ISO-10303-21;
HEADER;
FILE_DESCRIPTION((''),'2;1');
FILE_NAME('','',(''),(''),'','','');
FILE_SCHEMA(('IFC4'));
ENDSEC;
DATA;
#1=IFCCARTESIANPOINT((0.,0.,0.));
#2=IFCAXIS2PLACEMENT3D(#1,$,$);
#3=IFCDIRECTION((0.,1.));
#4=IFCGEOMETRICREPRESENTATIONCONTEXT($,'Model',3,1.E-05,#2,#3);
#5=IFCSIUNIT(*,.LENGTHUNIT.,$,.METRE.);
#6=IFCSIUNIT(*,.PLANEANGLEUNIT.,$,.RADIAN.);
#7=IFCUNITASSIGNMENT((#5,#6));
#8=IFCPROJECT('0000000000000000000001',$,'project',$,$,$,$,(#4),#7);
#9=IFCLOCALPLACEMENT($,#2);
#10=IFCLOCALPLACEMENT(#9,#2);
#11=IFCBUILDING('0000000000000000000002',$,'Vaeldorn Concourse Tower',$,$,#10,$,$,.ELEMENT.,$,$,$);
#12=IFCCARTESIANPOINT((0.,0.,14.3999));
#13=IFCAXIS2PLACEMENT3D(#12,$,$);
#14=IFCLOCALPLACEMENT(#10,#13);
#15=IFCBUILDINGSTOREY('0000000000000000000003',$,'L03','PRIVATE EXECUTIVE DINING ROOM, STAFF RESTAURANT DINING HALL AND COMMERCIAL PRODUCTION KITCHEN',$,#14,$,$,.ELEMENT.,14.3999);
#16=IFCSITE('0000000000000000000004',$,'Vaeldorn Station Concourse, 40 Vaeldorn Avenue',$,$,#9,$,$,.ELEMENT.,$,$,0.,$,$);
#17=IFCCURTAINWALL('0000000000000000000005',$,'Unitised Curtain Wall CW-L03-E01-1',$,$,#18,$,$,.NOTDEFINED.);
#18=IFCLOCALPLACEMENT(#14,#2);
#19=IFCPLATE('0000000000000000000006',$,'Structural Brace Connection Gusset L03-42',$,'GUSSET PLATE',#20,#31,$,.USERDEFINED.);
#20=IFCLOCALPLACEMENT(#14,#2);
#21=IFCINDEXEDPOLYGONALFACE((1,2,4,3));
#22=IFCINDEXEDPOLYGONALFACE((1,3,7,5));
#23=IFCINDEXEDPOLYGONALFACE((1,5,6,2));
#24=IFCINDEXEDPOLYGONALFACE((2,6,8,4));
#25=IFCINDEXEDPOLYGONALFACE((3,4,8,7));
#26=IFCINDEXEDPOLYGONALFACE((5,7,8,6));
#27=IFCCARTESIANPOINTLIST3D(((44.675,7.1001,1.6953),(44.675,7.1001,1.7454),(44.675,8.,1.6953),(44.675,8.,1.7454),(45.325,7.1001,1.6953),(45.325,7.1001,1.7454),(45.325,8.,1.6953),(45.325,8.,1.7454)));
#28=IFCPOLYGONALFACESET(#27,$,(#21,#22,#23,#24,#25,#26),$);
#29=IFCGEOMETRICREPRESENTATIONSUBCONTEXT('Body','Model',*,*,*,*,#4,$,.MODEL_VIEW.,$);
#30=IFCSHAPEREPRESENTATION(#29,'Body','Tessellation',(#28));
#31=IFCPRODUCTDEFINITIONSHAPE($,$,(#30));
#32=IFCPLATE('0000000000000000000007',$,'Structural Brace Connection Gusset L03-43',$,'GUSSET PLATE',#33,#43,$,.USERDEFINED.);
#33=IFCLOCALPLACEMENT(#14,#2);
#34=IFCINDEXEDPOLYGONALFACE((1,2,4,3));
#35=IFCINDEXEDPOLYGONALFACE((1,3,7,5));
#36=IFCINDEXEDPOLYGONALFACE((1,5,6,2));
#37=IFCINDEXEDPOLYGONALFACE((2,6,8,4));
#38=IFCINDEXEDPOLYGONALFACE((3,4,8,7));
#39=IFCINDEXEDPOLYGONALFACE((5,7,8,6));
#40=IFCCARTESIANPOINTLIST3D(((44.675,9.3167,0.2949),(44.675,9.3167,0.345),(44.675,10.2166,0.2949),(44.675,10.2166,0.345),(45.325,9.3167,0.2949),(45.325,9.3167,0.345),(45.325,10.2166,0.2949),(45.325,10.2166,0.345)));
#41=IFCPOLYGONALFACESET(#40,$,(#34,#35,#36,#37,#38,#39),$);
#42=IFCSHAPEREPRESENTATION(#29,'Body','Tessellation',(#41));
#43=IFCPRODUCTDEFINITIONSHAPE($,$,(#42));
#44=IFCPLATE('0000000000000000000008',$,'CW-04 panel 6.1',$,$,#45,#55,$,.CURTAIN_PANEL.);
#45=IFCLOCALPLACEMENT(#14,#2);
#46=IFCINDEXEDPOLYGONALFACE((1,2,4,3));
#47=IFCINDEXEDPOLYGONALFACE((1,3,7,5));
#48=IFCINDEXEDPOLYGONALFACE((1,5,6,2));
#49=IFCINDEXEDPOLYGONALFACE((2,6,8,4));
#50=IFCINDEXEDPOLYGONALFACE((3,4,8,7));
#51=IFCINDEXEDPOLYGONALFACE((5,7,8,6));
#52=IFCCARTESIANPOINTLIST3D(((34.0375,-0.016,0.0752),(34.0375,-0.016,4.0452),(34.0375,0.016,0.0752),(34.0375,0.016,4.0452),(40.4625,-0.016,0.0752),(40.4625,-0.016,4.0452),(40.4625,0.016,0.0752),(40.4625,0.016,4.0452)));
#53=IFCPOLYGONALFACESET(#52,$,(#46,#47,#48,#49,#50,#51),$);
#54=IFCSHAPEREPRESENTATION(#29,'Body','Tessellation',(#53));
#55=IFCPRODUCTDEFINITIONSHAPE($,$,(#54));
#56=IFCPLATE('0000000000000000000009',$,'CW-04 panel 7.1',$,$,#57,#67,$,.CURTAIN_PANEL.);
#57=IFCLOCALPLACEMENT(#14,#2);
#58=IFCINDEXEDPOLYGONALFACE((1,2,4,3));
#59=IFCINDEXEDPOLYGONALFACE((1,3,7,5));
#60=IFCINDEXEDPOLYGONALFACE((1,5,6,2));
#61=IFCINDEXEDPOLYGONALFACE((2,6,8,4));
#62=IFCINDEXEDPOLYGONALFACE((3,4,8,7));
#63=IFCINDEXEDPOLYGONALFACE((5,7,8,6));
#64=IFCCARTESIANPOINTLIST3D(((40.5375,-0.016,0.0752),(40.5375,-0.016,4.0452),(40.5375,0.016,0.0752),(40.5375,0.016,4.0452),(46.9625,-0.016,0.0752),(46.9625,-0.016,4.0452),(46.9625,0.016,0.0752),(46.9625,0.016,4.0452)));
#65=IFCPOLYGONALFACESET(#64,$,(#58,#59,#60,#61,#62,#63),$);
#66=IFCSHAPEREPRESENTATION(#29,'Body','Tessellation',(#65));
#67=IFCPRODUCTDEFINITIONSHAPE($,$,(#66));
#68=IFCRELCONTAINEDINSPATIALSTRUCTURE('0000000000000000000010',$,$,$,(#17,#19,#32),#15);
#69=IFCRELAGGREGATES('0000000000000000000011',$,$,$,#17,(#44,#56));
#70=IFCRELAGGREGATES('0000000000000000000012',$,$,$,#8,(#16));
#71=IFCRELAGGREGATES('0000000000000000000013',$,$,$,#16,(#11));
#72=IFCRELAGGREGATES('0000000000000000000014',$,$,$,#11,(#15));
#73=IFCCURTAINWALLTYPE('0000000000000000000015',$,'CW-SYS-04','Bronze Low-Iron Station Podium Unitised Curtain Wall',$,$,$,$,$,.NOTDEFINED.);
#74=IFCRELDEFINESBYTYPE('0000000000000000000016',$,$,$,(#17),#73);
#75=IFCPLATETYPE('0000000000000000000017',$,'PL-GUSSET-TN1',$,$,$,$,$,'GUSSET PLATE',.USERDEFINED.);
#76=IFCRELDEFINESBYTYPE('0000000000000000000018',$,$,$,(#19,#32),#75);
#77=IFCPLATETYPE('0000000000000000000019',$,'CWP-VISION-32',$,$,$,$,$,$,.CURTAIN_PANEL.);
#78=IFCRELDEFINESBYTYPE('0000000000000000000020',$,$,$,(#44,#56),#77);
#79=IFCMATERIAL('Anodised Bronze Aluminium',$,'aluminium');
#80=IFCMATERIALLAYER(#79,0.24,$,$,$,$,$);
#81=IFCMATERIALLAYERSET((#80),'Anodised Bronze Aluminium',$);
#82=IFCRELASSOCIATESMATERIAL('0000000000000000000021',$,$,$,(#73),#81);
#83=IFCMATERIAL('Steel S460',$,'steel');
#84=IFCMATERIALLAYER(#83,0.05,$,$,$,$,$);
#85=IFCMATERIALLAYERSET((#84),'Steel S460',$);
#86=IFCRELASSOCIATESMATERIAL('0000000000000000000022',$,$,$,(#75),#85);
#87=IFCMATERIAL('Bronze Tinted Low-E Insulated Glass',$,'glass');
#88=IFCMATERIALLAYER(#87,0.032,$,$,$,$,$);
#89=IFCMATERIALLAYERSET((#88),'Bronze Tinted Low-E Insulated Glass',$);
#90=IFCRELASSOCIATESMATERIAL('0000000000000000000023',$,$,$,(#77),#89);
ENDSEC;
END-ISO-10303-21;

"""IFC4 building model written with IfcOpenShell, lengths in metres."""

from ifc_helpers import new_model, si_unit, direction, frame, origin, origin_2d, place, context, subcontext, project, spatial, rectangle, extrude, source, transform, mapped, material, layer, layer_set, type_object, element, aggregate, save


model = new_model("IFC4")

# Units and contexts
model_context = context("Model", 3, precision=1e-05, world=origin(), true_north=direction((0.0, 1.0)))
body_context = subcontext(model_context, "Body", "Model", "MODEL_VIEW")
ifc_project = project(units=[si_unit("LENGTHUNIT", "METRE"), si_unit("PLANEANGLEUNIT", "RADIAN")], contexts=[model_context])

# Site, building, storey
site_placement = place(None, origin())
site = spatial("IfcSite", under=ifc_project, at=site_placement, Name="Vaeldorn Station Concourse, 40 Vaeldorn Avenue", CompositionType="ELEMENT", RefElevation=0.0)
building_placement = place(site_placement, origin())
building = spatial("IfcBuilding", under=site, at=building_placement, Name="Vaeldorn Concourse Tower", CompositionType="ELEMENT")
storey_placement = place(building_placement, frame((0.0, 0.0, 14.3999)))
storey = spatial("IfcBuildingStorey", under=building, at=storey_placement, Name="L03", Description="PRIVATE EXECUTIVE DINING ROOM, STAFF RESTAURANT DINING HALL AND COMMERCIAL PRODUCTION KITCHEN", CompositionType="ELEMENT", Elevation=14.3999)

# Shared definitions
ifc_material_1 = material(Name="Steel S460", Category="steel")

# Curtain wall
ifc_material_2 = material(Name="Anodised Bronze Aluminium", Category="aluminium")
ifc_layer_1 = layer(ifc_material_2, 0.24)
ifc_layer_set_1 = layer_set([ifc_layer_1], Name="Anodised Bronze Aluminium")
curtain_wall_type = type_object("IfcCurtainWallType", Name="CW-SYS-04", Description="Bronze Low-Iron Station Podium Unitised Curtain Wall", PredefinedType="NOTDEFINED", material=ifc_layer_set_1)
curtain_wall_placement = place(storey_placement, origin())
curtain_wall = element("IfcCurtainWall", 1, at=curtain_wall_placement, inside=storey, type_object=curtain_wall_type, Name="Unitised Curtain Wall CW-L03-E01-1", PredefinedType="NOTDEFINED")

# Plates
ifc_layer_2 = layer(ifc_material_1, 0.05)
ifc_layer_set_2 = layer_set([ifc_layer_2], Name="Steel S460")
plate_type_1 = type_object("IfcPlateType", Name="PL-GUSSET-TN1", ElementType="GUSSET PLATE", PredefinedType="USERDEFINED", material=ifc_layer_set_2)
shared_shape_1 = source(origin(), body_context, "Body", "SweptSolid", [
    extrude(rectangle(XDim=0.8999, YDim=0.6499, at=origin_2d()), origin(), (0.0, 0.0, 1.0), 0.05),
])
for number, where, z_axis, x_axis, name in (
    (2, (45.0, 7.55, 1.6953), (0.0, 0.0, 1.0), (0.0, 1.0, 0.0), "Structural Brace Connection Gusset L03-42"),
    (3, (45.0, 9.7666, 0.2949), (0.0, 0.0, 1.0), (0.0, 1.0, 0.0), "Structural Brace Connection Gusset L03-43"),
):
    element("IfcPlate", number, at=place(storey_placement, frame(where, z_axis=z_axis, x_axis=x_axis)), inside=storey, type_object=plate_type_1, Name=name, ObjectType="GUSSET PLATE", PredefinedType="USERDEFINED", context=body_context, shape_type="MappedRepresentation", body=[
        mapped(shared_shape_1, transform((0.0, 0.0, 0.0), scale=1.0)),
    ])

# Plates
ifc_material_3 = material(Name="Bronze Tinted Low-E Insulated Glass", Category="glass")
ifc_layer_3 = layer(ifc_material_3, 0.032)
ifc_layer_set_3 = layer_set([ifc_layer_3], Name="Bronze Tinted Low-E Insulated Glass")
plate_type_2 = type_object("IfcPlateType", Name="CWP-VISION-32", PredefinedType="CURTAIN_PANEL", material=ifc_layer_set_3)
shared_shape_2 = source(origin(), body_context, "Body", "SweptSolid", [
    extrude(rectangle(XDim=6.425, YDim=0.032, at=origin_2d()), origin(), (0.0, 0.0, 1.0), 3.97),
])
plate_1_placement = place(storey_placement, frame((37.25, 0.0, 0.0752), z_axis=(0.0, 0.0, 1.0), x_axis=(1.0, 0.0, 0.0)))
plate_1 = element("IfcPlate", 4, at=plate_1_placement, type_object=plate_type_2, Name="CW-04 panel 6.1", PredefinedType="CURTAIN_PANEL", context=body_context, shape_type="MappedRepresentation", body=[
    mapped(shared_shape_2, transform((0.0, 0.0, 0.0), scale=1.0)),
])
plate_2_placement = place(storey_placement, frame((43.75, 0.0, 0.0752), z_axis=(0.0, 0.0, 1.0), x_axis=(1.0, 0.0, 0.0)))
plate_2 = element("IfcPlate", 5, at=plate_2_placement, type_object=plate_type_2, Name="CW-04 panel 7.1", PredefinedType="CURTAIN_PANEL", context=body_context, shape_type="MappedRepresentation", body=[
    mapped(shared_shape_2, transform((0.0, 0.0, 0.0), scale=1.0)),
])
aggregate(curtain_wall, [plate_1, plate_2])

save(model, "model.ifc")
